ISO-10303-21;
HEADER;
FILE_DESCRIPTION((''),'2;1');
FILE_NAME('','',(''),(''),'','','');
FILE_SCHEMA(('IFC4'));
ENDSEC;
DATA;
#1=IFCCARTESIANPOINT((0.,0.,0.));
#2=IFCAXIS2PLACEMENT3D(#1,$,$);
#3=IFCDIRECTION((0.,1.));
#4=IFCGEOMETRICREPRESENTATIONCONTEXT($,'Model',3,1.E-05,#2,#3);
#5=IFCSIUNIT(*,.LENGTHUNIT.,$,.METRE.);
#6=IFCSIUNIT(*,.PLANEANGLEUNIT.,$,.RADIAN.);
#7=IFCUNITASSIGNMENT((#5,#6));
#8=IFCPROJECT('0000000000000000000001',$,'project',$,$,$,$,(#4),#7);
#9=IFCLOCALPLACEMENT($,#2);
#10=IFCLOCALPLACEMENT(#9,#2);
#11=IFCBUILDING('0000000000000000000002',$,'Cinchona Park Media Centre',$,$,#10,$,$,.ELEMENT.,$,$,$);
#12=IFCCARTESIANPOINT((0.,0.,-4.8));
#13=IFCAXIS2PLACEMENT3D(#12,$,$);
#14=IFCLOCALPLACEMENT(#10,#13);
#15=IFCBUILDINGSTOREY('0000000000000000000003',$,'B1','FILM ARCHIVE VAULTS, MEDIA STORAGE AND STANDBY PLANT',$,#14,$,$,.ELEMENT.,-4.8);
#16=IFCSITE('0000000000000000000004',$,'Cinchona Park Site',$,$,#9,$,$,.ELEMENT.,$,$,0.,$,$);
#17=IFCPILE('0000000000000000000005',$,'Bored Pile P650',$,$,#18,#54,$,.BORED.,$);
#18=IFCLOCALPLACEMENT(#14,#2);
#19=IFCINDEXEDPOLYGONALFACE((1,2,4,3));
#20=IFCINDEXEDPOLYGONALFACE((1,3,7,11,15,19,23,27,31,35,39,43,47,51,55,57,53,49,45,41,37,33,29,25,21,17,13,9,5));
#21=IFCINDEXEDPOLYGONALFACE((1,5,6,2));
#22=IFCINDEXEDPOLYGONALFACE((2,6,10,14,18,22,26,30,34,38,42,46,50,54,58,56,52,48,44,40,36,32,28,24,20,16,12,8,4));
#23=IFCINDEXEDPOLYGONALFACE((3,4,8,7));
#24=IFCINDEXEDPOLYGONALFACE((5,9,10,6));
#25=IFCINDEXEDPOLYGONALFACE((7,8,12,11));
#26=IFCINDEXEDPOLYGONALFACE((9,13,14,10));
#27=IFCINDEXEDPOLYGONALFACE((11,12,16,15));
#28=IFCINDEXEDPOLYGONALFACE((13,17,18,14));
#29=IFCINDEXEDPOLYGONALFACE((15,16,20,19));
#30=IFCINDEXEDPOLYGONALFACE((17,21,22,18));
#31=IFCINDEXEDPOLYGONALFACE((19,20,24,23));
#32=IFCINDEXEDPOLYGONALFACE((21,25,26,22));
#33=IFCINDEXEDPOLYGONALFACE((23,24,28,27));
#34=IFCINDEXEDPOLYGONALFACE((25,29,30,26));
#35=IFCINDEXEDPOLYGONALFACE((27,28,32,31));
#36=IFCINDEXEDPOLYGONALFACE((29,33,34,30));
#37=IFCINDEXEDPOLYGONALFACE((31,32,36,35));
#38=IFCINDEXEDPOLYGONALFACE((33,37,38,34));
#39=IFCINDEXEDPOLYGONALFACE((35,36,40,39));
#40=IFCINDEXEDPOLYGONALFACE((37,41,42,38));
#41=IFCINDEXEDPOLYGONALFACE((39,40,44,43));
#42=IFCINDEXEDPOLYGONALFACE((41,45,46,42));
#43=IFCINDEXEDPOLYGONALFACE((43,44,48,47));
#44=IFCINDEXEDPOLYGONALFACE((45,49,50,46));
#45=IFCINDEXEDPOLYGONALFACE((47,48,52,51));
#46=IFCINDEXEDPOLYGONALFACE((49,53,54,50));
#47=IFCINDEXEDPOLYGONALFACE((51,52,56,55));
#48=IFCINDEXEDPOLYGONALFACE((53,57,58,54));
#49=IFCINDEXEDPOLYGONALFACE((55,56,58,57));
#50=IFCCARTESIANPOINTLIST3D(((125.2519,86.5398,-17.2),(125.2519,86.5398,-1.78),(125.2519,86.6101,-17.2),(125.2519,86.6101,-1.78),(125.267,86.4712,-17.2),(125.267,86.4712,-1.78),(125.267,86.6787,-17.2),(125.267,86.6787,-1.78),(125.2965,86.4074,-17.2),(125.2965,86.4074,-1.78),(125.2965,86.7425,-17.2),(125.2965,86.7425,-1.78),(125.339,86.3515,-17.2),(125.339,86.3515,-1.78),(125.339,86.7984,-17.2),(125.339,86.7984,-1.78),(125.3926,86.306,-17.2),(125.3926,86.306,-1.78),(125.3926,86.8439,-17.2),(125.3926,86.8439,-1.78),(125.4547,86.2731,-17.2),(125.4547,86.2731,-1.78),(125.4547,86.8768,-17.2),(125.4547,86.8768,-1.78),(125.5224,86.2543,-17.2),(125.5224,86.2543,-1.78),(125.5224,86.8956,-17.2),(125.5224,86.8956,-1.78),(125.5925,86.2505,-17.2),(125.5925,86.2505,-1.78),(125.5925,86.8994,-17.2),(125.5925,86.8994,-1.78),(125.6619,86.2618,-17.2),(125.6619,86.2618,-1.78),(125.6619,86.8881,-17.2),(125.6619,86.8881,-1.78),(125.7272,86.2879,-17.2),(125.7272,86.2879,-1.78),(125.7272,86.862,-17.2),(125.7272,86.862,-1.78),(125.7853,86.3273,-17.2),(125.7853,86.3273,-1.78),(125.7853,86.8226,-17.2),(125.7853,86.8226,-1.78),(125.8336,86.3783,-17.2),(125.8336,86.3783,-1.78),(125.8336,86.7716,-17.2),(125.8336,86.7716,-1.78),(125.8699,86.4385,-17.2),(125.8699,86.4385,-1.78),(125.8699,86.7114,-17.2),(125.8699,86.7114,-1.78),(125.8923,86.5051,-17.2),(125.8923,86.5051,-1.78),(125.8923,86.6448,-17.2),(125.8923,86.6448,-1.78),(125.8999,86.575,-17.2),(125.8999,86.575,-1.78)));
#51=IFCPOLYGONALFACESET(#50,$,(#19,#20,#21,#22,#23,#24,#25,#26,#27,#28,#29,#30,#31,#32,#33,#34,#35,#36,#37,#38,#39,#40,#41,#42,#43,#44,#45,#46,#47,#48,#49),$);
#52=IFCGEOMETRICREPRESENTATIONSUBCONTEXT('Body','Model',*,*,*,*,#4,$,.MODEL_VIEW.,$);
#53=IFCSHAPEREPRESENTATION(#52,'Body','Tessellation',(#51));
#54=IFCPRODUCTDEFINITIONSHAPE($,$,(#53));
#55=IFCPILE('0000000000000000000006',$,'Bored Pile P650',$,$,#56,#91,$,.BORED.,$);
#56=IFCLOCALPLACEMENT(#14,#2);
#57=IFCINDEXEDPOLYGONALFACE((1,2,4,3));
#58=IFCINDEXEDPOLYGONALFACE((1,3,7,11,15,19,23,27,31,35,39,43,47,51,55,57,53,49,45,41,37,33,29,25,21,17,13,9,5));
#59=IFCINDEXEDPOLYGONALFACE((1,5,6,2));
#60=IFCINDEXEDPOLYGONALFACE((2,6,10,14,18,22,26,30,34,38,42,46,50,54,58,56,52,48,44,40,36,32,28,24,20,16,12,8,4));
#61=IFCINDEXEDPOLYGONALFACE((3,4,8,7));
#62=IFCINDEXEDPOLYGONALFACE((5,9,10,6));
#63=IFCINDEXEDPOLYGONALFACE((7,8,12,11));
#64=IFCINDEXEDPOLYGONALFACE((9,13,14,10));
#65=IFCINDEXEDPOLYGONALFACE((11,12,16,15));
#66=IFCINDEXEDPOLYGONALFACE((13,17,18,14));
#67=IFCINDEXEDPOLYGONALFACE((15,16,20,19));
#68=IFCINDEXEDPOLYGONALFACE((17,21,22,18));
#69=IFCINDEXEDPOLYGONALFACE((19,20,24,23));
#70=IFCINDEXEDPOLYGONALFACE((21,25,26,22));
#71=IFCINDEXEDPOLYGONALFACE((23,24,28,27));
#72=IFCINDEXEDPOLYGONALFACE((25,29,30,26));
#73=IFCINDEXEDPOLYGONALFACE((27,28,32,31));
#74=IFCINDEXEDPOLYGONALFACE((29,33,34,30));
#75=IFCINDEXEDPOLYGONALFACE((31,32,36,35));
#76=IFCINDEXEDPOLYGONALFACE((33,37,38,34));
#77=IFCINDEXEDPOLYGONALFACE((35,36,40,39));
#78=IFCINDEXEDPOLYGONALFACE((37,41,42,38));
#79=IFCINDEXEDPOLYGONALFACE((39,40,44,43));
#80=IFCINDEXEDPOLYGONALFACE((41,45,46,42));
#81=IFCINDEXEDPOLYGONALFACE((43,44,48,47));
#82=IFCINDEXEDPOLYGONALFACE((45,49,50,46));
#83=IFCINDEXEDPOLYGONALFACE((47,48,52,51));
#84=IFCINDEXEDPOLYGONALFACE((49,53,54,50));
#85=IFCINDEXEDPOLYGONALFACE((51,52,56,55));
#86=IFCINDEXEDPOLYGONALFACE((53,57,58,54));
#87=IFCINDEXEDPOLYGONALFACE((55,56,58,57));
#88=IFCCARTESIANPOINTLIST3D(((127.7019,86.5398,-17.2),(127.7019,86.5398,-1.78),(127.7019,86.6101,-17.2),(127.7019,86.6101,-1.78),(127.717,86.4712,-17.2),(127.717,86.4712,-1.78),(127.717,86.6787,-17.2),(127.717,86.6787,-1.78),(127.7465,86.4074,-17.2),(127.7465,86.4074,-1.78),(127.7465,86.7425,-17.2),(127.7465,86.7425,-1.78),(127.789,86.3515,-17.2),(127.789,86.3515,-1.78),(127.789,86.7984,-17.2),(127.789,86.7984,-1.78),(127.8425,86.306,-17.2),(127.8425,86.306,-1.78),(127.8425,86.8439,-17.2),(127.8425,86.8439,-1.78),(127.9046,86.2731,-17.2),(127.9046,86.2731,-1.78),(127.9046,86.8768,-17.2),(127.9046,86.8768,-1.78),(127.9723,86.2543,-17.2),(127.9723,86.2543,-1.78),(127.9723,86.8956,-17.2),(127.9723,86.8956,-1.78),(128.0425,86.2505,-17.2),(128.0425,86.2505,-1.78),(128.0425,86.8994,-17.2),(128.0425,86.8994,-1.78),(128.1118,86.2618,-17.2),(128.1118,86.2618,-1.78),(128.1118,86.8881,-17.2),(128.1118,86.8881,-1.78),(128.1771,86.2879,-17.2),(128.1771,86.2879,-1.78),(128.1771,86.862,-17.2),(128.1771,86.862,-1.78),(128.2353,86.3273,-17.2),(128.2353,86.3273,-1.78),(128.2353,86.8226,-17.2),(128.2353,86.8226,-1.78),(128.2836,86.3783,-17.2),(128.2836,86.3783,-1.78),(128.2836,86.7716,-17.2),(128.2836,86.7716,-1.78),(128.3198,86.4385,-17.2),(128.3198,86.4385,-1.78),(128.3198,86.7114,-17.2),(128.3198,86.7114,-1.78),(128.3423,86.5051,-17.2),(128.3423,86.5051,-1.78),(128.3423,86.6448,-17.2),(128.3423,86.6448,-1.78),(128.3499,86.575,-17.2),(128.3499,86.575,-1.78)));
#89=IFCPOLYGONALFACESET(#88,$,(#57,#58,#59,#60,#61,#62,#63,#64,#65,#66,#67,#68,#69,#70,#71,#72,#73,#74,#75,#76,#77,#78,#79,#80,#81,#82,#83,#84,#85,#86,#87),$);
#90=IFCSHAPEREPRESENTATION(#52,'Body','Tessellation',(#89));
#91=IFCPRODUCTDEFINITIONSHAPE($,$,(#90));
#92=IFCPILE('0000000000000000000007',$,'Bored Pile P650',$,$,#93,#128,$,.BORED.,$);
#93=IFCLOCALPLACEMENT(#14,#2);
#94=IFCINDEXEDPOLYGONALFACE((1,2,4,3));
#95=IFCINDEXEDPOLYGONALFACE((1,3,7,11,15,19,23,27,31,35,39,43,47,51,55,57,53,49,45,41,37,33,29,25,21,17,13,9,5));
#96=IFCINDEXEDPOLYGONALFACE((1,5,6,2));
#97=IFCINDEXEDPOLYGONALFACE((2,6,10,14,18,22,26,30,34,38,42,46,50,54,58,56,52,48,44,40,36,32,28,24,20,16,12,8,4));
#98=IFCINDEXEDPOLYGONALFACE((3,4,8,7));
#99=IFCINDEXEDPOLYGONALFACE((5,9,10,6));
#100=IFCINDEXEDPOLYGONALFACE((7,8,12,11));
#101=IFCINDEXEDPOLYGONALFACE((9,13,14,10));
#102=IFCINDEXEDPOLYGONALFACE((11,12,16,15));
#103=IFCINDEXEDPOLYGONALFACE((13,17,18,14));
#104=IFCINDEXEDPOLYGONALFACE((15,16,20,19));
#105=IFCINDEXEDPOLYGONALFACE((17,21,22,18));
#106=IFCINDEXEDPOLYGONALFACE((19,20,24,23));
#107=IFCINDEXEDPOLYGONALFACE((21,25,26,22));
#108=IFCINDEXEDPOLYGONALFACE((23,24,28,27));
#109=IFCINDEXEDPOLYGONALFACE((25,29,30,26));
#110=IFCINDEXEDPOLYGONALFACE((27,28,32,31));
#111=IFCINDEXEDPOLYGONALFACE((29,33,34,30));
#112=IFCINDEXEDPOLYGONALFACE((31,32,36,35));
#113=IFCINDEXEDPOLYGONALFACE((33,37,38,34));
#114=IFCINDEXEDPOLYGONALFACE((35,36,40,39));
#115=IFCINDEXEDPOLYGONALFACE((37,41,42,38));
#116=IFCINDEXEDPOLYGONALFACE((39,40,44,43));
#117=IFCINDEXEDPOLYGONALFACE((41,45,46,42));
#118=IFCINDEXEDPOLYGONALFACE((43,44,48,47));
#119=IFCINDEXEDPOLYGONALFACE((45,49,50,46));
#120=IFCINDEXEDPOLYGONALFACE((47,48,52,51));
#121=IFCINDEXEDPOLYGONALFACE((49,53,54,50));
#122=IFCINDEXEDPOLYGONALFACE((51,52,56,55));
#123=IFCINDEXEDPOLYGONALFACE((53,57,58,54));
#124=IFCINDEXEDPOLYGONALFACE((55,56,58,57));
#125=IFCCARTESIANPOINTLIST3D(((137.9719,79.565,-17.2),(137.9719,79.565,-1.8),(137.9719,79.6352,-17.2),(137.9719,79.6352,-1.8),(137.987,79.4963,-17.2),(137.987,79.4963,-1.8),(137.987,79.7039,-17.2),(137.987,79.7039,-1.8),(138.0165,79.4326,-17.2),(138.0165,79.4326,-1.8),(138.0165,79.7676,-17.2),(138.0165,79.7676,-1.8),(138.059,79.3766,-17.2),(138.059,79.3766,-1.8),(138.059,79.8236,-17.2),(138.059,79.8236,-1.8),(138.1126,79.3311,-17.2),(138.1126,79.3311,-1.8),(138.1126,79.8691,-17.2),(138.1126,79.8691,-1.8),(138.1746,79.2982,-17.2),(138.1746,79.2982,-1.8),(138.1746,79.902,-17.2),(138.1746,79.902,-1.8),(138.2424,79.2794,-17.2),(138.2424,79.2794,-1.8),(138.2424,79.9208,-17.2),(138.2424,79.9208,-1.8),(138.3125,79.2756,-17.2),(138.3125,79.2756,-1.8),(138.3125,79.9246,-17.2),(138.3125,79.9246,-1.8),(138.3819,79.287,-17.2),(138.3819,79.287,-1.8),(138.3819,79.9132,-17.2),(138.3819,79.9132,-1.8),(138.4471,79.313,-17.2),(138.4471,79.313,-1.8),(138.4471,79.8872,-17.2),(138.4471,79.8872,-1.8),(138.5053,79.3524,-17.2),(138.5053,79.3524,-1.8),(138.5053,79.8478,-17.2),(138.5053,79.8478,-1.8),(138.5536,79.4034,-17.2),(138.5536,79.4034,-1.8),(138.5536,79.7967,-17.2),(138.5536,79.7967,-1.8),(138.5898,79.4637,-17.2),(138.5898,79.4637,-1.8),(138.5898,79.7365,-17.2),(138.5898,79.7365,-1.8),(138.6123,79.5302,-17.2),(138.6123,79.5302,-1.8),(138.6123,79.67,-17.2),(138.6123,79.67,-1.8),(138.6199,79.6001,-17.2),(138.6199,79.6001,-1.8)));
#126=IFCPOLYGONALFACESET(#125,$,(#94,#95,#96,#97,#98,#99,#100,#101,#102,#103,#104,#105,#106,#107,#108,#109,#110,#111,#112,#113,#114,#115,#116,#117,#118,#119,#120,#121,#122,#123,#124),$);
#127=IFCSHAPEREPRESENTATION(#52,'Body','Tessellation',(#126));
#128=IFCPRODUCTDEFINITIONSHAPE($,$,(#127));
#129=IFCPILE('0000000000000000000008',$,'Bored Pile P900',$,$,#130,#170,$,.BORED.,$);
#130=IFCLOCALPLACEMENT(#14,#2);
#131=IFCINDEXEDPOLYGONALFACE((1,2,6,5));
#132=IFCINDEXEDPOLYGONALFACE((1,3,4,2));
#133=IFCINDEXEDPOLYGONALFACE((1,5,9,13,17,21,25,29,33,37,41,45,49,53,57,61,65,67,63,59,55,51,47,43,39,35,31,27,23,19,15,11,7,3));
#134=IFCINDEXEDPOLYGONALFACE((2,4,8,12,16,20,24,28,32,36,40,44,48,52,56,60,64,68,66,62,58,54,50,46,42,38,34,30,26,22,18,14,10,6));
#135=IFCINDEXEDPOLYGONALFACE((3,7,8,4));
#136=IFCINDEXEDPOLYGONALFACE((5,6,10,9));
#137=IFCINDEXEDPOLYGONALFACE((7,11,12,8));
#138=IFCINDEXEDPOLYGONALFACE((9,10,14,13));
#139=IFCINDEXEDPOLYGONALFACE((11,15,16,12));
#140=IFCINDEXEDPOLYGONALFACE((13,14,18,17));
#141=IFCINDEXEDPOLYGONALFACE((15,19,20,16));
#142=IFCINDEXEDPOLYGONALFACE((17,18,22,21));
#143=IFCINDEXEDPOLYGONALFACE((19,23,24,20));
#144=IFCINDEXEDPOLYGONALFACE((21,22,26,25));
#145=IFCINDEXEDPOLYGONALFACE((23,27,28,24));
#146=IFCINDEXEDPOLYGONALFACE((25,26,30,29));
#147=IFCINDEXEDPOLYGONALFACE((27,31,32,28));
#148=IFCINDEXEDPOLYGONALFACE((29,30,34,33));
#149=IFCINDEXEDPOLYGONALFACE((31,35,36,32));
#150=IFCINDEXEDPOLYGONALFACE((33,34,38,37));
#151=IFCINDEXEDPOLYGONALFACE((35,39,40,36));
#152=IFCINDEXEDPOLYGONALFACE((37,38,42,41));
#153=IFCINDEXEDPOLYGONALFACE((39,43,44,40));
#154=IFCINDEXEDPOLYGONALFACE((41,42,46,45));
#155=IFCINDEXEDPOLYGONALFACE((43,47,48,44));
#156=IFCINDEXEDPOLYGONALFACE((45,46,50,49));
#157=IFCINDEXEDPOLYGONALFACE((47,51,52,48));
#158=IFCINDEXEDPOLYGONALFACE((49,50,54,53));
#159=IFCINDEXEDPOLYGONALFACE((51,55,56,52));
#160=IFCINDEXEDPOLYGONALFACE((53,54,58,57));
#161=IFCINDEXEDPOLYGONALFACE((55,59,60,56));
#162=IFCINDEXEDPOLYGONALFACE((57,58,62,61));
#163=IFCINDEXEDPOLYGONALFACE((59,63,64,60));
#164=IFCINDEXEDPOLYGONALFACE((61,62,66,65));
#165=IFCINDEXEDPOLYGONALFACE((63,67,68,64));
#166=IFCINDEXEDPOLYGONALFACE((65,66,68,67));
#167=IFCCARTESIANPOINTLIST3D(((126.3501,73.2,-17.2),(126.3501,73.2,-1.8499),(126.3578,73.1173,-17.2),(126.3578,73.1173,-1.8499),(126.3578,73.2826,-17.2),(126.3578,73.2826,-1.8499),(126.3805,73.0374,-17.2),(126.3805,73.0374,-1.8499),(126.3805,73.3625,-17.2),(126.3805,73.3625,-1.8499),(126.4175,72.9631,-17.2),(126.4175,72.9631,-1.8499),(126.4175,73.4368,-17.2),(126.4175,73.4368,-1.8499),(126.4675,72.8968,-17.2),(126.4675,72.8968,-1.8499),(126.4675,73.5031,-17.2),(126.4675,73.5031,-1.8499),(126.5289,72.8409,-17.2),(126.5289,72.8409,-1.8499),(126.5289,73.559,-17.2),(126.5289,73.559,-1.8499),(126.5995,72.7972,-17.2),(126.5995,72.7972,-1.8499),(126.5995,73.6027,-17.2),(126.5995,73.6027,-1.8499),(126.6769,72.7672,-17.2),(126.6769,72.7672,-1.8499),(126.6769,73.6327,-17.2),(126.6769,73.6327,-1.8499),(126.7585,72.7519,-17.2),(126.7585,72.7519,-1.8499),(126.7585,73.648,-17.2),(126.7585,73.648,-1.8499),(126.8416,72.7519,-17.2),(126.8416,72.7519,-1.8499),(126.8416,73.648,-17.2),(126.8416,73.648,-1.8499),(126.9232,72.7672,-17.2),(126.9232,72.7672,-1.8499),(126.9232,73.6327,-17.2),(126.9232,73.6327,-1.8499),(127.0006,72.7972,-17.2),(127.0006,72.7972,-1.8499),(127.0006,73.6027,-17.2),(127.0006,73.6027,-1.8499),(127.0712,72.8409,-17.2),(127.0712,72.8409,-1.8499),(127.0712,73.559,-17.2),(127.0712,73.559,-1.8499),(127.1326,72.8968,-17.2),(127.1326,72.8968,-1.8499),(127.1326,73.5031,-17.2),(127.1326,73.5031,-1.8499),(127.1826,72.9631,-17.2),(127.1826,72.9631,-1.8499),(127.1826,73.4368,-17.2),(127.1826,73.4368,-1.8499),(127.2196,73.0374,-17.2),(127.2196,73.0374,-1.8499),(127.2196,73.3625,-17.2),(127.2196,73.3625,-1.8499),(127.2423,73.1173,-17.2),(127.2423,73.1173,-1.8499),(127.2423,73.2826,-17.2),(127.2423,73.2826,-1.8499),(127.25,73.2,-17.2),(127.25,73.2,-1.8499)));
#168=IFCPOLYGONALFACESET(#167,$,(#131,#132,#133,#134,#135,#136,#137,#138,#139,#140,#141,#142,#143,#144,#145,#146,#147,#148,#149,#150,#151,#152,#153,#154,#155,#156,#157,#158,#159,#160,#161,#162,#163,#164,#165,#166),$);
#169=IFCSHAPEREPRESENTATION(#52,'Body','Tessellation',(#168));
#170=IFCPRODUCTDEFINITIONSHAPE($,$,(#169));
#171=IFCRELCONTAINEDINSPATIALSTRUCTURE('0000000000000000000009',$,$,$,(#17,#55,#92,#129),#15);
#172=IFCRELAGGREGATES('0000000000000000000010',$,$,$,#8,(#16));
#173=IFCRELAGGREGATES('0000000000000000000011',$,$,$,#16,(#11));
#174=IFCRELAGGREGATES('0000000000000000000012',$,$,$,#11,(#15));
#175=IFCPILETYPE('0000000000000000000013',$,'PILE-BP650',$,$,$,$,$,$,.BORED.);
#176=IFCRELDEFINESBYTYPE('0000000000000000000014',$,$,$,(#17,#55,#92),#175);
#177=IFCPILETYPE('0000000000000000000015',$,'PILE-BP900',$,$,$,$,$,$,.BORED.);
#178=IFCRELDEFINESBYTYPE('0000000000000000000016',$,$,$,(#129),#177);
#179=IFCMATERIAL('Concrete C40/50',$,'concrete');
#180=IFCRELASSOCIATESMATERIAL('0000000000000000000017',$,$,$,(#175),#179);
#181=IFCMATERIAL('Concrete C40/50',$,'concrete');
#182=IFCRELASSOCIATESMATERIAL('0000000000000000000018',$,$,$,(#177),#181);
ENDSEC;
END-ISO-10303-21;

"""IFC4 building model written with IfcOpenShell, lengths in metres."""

from ifc_helpers import new_model, si_unit, direction, frame, origin, origin_2d, place, context, subcontext, project, spatial, circle, extrude, material, material_profile, profile_set, type_object, element, save


model = new_model("IFC4")

# Units and contexts
model_context = context("Model", 3, precision=1e-05, world=origin(), true_north=direction((0.0, 1.0)))
body_context = subcontext(model_context, "Body", "Model", "MODEL_VIEW")
ifc_project = project(units=[si_unit("LENGTHUNIT", "METRE"), si_unit("PLANEANGLEUNIT", "RADIAN")], contexts=[model_context])

# Site, building, storey
site_placement = place(None, origin())
site = spatial("IfcSite", under=ifc_project, at=site_placement, Name="Cinchona Park Site", CompositionType="ELEMENT", RefElevation=0.0)
building_placement = place(site_placement, origin())
building = spatial("IfcBuilding", under=site, at=building_placement, Name="Cinchona Park Media Centre", CompositionType="ELEMENT")
storey_placement = place(building_placement, frame((0.0, 0.0, -4.8)))
storey = spatial("IfcBuildingStorey", under=building, at=storey_placement, Name="B1", Description="FILM ARCHIVE VAULTS, MEDIA STORAGE AND STANDBY PLANT", CompositionType="ELEMENT", Elevation=-4.8)

# Piles
ifc_material_1 = material(Name="Concrete C40/50", Category="concrete")
ifc_material_profile_1 = material_profile(ifc_material_1, circle(Radius=0.325, at=origin_2d()), Name="BORED PILE 650")
ifc_profile_set_1 = profile_set([ifc_material_profile_1], Name="Concrete C40/50")
pile_type_1 = type_object("IfcPileType", Name="PILE-BP650", PredefinedType="BORED", material=ifc_profile_set_1)
for number, where, z_axis, x_axis, name in (
    (1, (125.575, 86.575, -1.78), (0.0, 0.0, -1.0), (1.0, 0.0, 0.0), "Bored Pile P650"),
    (2, (128.0249, 86.575, -1.78), (0.0, 0.0, -1.0), (1.0, 0.0, 0.0), "Bored Pile P650"),
):
    element("IfcPile", number, at=place(storey_placement, frame(where, z_axis=z_axis, x_axis=x_axis)), inside=storey, type_object=pile_type_1, Name=name, PredefinedType="BORED", context=body_context, shape_type="SweptSolid", body=[
        extrude(circle(Radius=0.325, at=origin_2d()), origin(), (0.0, 0.0, 1.0), 15.4199),
    ])
pile_placement = place(storey_placement, frame((138.2949, 79.6001, -1.8), z_axis=(0.0, 0.0, -1.0), x_axis=(1.0, 0.0, 0.0)))
element("IfcPile", 3, at=pile_placement, inside=storey, type_object=pile_type_1, Name="Bored Pile P650", PredefinedType="BORED", context=body_context, shape_type="SweptSolid", body=[
    extrude(circle(Radius=0.325, at=origin_2d()), origin(), (0.0, 0.0, 1.0), 15.3999),
])
ifc_material_2 = material(Name="Concrete C40/50", Category="concrete")
ifc_material_profile_2 = material_profile(ifc_material_2, circle(Radius=0.45, at=origin_2d()), Name="BORED PILE 900")
ifc_profile_set_2 = profile_set([ifc_material_profile_2], Name="Concrete C40/50")
pile_type_2 = type_object("IfcPileType", Name="PILE-BP900", PredefinedType="BORED", material=ifc_profile_set_2)
for number, where, z_axis, x_axis, name in (
    (4, (126.8, 73.2, -1.8499), (0.0, 0.0, -1.0), (1.0, 0.0, 0.0), "Bored Pile P900"),
):
    element("IfcPile", number, at=place(storey_placement, frame(where, z_axis=z_axis, x_axis=x_axis)), inside=storey, type_object=pile_type_2, Name=name, PredefinedType="BORED", context=body_context, shape_type="SweptSolid", body=[
        extrude(circle(Radius=0.45, at=origin_2d()), origin(), (0.0, 0.0, 1.0), 15.3501),
    ])

save(model, "model.ifc")
